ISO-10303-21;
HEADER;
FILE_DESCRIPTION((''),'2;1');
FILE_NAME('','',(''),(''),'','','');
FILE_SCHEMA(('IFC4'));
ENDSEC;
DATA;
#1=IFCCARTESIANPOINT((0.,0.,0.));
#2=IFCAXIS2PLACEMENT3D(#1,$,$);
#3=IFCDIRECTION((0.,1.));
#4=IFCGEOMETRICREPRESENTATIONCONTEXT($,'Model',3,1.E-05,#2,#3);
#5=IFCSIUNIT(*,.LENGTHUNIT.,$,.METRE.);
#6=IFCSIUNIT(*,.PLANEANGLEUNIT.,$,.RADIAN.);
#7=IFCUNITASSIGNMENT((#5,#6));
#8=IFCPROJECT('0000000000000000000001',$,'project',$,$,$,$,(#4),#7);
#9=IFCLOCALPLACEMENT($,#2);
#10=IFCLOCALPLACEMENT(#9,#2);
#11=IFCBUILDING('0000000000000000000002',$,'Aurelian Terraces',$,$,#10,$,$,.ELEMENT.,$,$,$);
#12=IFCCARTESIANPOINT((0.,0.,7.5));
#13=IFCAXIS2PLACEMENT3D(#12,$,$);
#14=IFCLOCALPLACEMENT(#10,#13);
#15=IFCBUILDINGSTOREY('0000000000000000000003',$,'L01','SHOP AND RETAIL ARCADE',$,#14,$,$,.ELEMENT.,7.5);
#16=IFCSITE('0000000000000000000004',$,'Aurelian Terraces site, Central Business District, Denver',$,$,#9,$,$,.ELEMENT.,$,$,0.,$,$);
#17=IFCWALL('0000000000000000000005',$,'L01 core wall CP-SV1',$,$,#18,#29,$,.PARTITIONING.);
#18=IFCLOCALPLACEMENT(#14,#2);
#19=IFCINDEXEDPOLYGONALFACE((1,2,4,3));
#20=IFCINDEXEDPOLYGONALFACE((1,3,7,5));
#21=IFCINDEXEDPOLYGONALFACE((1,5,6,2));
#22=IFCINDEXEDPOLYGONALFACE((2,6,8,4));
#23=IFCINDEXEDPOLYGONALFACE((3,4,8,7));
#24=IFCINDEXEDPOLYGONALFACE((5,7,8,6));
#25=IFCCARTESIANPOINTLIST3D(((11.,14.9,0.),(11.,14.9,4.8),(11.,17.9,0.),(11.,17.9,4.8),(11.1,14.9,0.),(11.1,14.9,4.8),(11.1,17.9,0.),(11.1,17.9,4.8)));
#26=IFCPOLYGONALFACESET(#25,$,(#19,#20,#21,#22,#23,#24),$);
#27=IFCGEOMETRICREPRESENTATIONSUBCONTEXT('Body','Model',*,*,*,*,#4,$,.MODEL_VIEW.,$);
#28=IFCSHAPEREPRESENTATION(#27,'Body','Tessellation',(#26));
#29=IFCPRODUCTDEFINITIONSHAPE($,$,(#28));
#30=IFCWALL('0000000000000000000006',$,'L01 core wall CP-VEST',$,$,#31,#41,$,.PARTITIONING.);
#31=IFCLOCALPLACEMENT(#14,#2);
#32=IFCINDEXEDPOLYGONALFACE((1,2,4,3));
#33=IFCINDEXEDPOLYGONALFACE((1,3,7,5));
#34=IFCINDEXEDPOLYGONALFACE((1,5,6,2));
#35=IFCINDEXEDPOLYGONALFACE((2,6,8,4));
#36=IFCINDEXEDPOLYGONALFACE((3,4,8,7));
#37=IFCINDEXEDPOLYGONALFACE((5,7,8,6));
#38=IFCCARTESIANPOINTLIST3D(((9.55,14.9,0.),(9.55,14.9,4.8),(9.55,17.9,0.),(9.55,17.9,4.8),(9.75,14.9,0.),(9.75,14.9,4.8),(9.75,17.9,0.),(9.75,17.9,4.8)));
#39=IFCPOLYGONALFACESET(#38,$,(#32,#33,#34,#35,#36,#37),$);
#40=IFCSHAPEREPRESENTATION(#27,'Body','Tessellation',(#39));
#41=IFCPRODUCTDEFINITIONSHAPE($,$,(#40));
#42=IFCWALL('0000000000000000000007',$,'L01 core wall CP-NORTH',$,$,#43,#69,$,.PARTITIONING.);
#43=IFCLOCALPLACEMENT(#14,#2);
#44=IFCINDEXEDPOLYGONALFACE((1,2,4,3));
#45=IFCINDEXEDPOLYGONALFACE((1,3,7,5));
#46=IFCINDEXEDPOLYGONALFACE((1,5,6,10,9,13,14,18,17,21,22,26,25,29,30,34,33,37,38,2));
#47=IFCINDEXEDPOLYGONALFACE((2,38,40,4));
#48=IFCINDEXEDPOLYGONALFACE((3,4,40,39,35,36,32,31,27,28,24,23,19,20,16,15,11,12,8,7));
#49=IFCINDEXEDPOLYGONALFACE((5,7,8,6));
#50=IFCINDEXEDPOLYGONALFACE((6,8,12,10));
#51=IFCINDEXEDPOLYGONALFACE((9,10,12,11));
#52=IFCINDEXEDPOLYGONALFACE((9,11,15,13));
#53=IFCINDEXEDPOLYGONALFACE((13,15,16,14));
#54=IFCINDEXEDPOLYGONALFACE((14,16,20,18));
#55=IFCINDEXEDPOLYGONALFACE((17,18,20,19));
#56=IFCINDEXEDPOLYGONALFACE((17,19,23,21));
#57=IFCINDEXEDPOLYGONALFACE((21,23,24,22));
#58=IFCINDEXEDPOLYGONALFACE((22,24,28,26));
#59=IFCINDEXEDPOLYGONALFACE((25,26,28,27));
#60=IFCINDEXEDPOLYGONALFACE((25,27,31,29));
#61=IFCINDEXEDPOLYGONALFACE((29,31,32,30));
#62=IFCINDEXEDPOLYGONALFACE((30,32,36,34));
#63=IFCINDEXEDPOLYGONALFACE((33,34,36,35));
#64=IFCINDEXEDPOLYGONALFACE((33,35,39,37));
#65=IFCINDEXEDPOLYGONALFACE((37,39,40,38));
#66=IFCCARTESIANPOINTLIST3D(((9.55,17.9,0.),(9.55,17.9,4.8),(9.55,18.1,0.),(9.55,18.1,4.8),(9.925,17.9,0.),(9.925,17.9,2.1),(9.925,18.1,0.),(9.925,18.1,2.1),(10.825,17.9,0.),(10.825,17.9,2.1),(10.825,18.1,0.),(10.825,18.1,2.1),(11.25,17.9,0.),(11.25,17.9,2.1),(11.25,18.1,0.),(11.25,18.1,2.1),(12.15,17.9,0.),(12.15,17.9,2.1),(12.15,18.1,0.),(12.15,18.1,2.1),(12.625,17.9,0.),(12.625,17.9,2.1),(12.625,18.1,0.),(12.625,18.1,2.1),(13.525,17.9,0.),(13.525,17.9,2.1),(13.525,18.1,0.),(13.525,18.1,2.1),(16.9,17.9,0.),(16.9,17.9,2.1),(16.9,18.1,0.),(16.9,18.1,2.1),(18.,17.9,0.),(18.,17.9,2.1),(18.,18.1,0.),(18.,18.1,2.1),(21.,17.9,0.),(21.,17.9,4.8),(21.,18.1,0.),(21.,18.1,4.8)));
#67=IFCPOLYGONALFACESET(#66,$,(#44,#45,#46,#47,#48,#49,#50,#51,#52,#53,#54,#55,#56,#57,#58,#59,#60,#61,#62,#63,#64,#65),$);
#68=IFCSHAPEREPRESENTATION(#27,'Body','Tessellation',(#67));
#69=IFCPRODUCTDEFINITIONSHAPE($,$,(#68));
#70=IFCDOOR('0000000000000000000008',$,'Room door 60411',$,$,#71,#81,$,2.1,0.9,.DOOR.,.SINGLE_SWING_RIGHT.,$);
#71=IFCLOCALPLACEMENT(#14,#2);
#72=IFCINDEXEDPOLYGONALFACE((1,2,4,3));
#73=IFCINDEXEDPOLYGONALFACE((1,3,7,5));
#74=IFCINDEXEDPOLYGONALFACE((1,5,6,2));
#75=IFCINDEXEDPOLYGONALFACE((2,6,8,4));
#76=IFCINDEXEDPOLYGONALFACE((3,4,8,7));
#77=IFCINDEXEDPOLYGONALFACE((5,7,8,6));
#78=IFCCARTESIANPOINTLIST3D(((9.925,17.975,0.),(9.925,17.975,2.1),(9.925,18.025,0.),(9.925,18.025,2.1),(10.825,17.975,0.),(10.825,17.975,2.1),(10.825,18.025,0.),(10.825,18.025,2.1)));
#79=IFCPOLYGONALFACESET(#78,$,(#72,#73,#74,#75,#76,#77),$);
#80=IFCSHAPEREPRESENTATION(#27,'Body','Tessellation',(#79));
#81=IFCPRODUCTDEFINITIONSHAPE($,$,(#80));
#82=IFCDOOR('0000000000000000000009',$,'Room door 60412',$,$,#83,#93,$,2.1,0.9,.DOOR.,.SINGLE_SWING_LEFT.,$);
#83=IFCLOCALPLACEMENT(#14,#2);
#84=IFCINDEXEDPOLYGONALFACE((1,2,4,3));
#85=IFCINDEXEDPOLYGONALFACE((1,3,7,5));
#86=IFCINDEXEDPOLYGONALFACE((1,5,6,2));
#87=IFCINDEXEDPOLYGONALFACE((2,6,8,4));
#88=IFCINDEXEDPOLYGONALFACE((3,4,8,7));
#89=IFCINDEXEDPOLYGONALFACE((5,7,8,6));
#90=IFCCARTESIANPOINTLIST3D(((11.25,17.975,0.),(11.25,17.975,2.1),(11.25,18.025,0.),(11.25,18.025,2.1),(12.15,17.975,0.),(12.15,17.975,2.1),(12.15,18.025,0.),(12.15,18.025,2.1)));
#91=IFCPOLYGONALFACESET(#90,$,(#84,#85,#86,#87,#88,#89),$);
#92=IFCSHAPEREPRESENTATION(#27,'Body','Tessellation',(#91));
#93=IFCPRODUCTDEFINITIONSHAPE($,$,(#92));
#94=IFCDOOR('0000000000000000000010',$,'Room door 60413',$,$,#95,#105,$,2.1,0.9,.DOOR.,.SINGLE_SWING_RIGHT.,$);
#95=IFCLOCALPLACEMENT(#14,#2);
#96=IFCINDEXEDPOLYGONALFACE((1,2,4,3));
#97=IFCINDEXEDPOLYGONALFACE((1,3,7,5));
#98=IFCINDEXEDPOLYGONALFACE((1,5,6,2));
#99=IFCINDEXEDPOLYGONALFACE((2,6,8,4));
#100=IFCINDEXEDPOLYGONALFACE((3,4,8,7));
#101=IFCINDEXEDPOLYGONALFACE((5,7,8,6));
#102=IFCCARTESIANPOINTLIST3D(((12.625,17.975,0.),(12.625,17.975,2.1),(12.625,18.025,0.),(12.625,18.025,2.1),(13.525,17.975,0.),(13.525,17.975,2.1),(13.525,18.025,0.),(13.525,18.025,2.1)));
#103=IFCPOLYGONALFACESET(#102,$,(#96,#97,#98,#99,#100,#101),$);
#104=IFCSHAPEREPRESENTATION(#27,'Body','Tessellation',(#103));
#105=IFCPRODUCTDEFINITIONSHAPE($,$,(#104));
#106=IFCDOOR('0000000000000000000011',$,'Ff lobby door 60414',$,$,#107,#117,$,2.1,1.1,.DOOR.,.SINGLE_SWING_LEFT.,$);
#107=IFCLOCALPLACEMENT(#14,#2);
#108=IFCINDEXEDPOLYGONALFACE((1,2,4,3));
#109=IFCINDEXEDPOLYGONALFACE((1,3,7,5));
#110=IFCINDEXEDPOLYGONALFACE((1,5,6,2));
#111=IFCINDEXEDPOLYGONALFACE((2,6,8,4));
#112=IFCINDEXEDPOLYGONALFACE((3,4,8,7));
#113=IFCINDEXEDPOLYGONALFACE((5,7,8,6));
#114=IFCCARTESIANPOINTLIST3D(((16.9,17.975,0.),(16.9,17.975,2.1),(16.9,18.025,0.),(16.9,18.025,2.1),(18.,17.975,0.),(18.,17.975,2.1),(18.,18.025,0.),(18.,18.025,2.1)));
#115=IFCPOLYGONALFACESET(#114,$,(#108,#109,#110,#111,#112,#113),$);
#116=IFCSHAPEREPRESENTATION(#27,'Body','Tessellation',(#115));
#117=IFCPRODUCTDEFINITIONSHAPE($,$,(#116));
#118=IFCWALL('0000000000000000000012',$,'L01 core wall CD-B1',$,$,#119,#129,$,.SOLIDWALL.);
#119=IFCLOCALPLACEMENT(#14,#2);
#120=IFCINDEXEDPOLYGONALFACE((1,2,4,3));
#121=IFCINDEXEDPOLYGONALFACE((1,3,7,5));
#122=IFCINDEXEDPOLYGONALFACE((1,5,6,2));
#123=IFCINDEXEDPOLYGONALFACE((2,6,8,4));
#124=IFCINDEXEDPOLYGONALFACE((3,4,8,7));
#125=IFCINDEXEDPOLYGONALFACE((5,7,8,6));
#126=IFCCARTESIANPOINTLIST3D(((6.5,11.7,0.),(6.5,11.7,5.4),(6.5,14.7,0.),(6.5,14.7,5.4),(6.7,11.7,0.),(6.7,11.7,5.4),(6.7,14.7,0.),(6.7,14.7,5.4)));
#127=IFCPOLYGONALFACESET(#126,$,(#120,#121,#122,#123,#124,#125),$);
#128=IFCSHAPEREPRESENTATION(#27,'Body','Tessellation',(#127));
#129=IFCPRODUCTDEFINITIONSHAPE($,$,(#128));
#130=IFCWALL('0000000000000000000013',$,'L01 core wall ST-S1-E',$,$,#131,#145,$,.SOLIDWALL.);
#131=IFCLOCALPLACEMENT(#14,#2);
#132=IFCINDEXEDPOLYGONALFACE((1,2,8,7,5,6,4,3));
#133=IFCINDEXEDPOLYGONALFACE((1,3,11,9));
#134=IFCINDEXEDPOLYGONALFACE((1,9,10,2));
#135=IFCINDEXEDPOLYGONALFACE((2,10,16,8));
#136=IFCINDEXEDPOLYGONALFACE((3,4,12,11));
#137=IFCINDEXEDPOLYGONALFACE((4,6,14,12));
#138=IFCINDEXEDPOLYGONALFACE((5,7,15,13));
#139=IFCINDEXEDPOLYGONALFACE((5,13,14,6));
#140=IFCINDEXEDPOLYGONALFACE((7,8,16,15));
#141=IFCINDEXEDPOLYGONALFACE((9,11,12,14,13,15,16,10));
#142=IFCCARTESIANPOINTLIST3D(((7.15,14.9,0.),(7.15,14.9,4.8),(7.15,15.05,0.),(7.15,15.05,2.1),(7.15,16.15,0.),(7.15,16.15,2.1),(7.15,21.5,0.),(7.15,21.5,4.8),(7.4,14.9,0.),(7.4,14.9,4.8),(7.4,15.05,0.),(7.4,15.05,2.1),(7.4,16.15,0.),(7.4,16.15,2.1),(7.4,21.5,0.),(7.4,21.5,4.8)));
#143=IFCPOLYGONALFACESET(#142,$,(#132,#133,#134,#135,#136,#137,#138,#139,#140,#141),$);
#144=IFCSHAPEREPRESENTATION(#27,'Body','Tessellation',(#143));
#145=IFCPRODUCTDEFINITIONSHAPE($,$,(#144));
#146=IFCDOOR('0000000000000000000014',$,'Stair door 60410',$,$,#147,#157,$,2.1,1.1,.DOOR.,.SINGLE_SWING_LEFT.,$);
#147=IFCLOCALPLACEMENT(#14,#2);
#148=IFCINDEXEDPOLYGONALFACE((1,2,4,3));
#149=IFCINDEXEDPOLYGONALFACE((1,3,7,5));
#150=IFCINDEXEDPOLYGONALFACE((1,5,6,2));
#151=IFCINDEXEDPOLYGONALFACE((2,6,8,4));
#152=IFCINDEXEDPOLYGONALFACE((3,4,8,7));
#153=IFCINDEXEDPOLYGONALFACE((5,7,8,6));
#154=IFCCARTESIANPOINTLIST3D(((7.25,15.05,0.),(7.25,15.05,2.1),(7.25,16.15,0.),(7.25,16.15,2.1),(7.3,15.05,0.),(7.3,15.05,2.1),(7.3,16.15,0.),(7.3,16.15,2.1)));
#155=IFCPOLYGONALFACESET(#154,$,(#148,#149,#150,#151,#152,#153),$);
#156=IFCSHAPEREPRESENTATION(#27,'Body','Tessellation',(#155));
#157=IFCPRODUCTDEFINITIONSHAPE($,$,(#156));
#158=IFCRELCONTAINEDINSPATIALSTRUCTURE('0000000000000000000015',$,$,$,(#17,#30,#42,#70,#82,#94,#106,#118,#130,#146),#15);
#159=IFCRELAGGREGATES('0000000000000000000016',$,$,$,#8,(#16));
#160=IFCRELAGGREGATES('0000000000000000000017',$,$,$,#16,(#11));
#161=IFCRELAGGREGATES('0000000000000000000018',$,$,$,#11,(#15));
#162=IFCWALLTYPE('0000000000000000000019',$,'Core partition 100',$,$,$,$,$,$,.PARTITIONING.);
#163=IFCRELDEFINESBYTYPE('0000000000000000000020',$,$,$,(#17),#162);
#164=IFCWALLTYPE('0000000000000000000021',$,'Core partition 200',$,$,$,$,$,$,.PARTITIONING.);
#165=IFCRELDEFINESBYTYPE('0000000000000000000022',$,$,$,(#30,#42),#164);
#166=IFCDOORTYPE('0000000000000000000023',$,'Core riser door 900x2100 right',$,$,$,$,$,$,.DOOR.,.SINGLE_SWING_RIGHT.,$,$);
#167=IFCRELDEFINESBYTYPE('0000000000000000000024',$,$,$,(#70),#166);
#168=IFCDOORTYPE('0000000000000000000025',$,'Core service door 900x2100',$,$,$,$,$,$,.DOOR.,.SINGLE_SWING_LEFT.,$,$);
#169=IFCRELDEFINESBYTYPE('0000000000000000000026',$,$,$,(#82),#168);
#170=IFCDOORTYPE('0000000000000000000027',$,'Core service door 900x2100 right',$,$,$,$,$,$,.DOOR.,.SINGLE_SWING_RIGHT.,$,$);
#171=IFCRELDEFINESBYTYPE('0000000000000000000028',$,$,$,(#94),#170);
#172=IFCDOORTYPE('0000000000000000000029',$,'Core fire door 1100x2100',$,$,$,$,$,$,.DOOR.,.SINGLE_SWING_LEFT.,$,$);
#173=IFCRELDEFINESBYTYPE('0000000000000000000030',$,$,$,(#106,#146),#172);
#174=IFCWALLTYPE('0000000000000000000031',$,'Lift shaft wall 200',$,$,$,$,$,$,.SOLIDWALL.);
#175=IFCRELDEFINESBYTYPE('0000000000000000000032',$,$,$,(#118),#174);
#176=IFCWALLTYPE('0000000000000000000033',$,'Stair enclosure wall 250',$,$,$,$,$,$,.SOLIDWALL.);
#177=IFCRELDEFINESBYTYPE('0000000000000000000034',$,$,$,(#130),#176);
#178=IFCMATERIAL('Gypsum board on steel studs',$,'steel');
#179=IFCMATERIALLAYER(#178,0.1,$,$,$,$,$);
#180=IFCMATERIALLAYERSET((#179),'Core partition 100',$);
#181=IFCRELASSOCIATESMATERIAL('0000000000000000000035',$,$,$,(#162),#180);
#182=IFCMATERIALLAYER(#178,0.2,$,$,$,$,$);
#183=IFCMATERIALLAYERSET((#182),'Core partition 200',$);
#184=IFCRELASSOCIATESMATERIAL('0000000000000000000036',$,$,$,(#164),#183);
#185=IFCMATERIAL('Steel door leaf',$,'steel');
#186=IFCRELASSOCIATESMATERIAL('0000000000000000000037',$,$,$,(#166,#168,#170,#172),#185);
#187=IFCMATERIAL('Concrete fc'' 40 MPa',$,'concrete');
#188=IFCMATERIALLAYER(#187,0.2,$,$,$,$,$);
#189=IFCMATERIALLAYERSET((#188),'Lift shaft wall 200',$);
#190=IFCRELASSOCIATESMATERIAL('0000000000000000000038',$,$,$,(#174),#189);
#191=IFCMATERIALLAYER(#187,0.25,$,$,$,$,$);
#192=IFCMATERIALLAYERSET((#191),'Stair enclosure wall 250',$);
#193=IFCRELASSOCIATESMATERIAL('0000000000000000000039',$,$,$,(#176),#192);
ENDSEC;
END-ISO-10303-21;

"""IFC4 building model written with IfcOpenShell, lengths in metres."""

from ifc_helpers import new_model, si_unit, direction, frame, frame_2d, origin, place, context, subcontext, project, spatial, rectangle, extrude, source, transform, mapped, material, layer, layer_set, type_object, element, fill, save


model = new_model("IFC4")

# Units and contexts
model_context = context("Model", 3, precision=1e-05, world=origin(), true_north=direction((0.0, 1.0)))
body_context = subcontext(model_context, "Body", "Model", "MODEL_VIEW")
ifc_project = project(units=[si_unit("LENGTHUNIT", "METRE"), si_unit("PLANEANGLEUNIT", "RADIAN")], contexts=[model_context])

# Site, building, storey
site_placement = place(None, origin())
site = spatial("IfcSite", under=ifc_project, at=site_placement, Name="Aurelian Terraces site, Central Business District, Denver", CompositionType="ELEMENT", RefElevation=0.0)
building_placement = place(site_placement, origin())
building = spatial("IfcBuilding", under=site, at=building_placement, Name="Aurelian Terraces", CompositionType="ELEMENT")
storey_placement = place(building_placement, frame((0.0, 0.0, 7.5)))
storey = spatial("IfcBuildingStorey", under=building, at=storey_placement, Name="L01", Description="SHOP AND RETAIL ARCADE", CompositionType="ELEMENT", Elevation=7.5)

# Walls
ifc_material_1 = material(Name="Gypsum board on steel studs", Category="steel")
ifc_layer_1 = layer(ifc_material_1, 0.1)
ifc_layer_set_1 = layer_set([ifc_layer_1], Name="Core partition 100")
wall_type_1 = type_object("IfcWallType", Name="Core partition 100", PredefinedType="PARTITIONING", material=ifc_layer_set_1)
wall_1_placement = place(storey_placement, frame((11.05, 14.9, 0.0), z_axis=(0.0, 0.0, 1.0), x_axis=(0.0, 1.0, 0.0)))
element("IfcWall", 1, at=wall_1_placement, inside=storey, type_object=wall_type_1, Name="L01 core wall CP-SV1", PredefinedType="PARTITIONING", context=body_context, shape_type="SweptSolid", body=[
    extrude(rectangle(XDim=3.0, YDim=0.1, at=frame_2d((1.5, 0.0))), origin(), (0.0, 0.0, 1.0), 4.8),
])
ifc_layer_2 = layer(ifc_material_1, 0.2)
ifc_layer_set_2 = layer_set([ifc_layer_2], Name="Core partition 200")
wall_type_2 = type_object("IfcWallType", Name="Core partition 200", PredefinedType="PARTITIONING", material=ifc_layer_set_2)
wall_2_placement = place(storey_placement, frame((9.65, 14.9, 0.0), z_axis=(0.0, 0.0, 1.0), x_axis=(0.0, 1.0, 0.0)))
element("IfcWall", 2, at=wall_2_placement, inside=storey, type_object=wall_type_2, Name="L01 core wall CP-VEST", PredefinedType="PARTITIONING", context=body_context, shape_type="SweptSolid", body=[
    extrude(rectangle(XDim=3.0, YDim=0.2, at=frame_2d((1.5, 0.0))), origin(), (0.0, 0.0, 1.0), 4.8),
])

# Wall, openings, doors
wall_3_placement = place(storey_placement, frame((9.55, 18.0, 0.0), z_axis=(0.0, 0.0, 1.0), x_axis=(1.0, 0.0, 0.0)))
wall_3 = element("IfcWall", 3, at=wall_3_placement, inside=storey, type_object=wall_type_2, Name="L01 core wall CP-NORTH", PredefinedType="PARTITIONING", context=body_context, shape_type="SweptSolid", body=[
    extrude(rectangle(XDim=11.45, YDim=0.2, at=frame_2d((5.725, 0.0))), origin(), (0.0, 0.0, 1.0), 4.8),
])
shared_shape_1 = source(origin(), body_context, "Body", "SweptSolid", [
    extrude(rectangle(XDim=0.9, YDim=2.1, at=frame_2d((0.45, 1.05))), frame((0.0, 0.11, 0.0), z_axis=(0.0, -1.0, 0.0), x_axis=(1.0, 0.0, 0.0)), (0.0, 0.0, 1.0), 0.22),
])
opening_1_placement = place(wall_3_placement, frame((0.375, 0.0, 0.0)))
opening_1 = element("IfcOpeningElement", 4, at=opening_1_placement, cuts=wall_3, PredefinedType="OPENING", context=body_context, shape_type="MappedRepresentation", body=[
    mapped(shared_shape_1, transform((0.0, 0.0, 0.0), scale=1.0)),
])
opening_2_placement = place(wall_3_placement, frame((1.7, 0.0, 0.0)))
opening_2 = element("IfcOpeningElement", 5, at=opening_2_placement, cuts=wall_3, PredefinedType="OPENING", context=body_context, shape_type="MappedRepresentation", body=[
    mapped(shared_shape_1, transform((0.0, 0.0, 0.0), scale=1.0)),
])
opening_3_placement = place(wall_3_placement, frame((3.075, 0.0, 0.0)))
opening_3 = element("IfcOpeningElement", 6, at=opening_3_placement, cuts=wall_3, PredefinedType="OPENING", context=body_context, shape_type="MappedRepresentation", body=[
    mapped(shared_shape_1, transform((0.0, 0.0, 0.0), scale=1.0)),
])
shared_shape_2 = source(origin(), body_context, "Body", "SweptSolid", [
    extrude(rectangle(XDim=1.1, YDim=2.1, at=frame_2d((0.55, 1.05))), frame((0.0, 0.11, 0.0), z_axis=(0.0, -1.0, 0.0), x_axis=(1.0, 0.0, 0.0)), (0.0, 0.0, 1.0), 0.22),
])
opening_4_placement = place(wall_3_placement, frame((7.35, 0.0, 0.0)))
opening_4 = element("IfcOpeningElement", 7, at=opening_4_placement, cuts=wall_3, PredefinedType="OPENING", context=body_context, shape_type="MappedRepresentation", body=[
    mapped(shared_shape_2, transform((0.0, 0.0, 0.0), scale=1.0)),
])
ifc_material_2 = material(Name="Steel door leaf", Category="steel")
door_type_1 = type_object("IfcDoorType", Name="Core riser door 900x2100 right", OperationType="SINGLE_SWING_RIGHT", PredefinedType="DOOR", material=ifc_material_2)
shared_shape_3 = source(origin(), body_context, "Body", "SweptSolid", [
    extrude(rectangle(XDim=0.9, YDim=2.1, at=frame_2d((0.45, 1.05))), frame((0.0, 0.025, 0.0), z_axis=(0.0, -1.0, 0.0), x_axis=(1.0, 0.0, 0.0)), (0.0, 0.0, 1.0), 0.05),
])
door_1_placement = place(opening_1_placement, origin())
door_1 = element("IfcDoor", 8, at=door_1_placement, inside=storey, type_object=door_type_1, Name="Room door 60411", OperationType="SINGLE_SWING_RIGHT", OverallHeight=2.1, OverallWidth=0.9, PredefinedType="DOOR", context=body_context, shape_type="MappedRepresentation", body=[
    mapped(shared_shape_3, transform((0.0, 0.0, 0.0), scale=1.0)),
])
fill(opening_1, door_1)
door_type_2 = type_object("IfcDoorType", Name="Core service door 900x2100", OperationType="SINGLE_SWING_LEFT", PredefinedType="DOOR", material=ifc_material_2)
door_2_placement = place(opening_2_placement, origin())
door_2 = element("IfcDoor", 9, at=door_2_placement, inside=storey, type_object=door_type_2, Name="Room door 60412", OperationType="SINGLE_SWING_LEFT", OverallHeight=2.1, OverallWidth=0.9, PredefinedType="DOOR", context=body_context, shape_type="MappedRepresentation", body=[
    mapped(shared_shape_3, transform((0.0, 0.0, 0.0), scale=1.0)),
])
fill(opening_2, door_2)
door_type_3 = type_object("IfcDoorType", Name="Core service door 900x2100 right", OperationType="SINGLE_SWING_RIGHT", PredefinedType="DOOR", material=ifc_material_2)
door_3_placement = place(opening_3_placement, origin())
door_3 = element("IfcDoor", 10, at=door_3_placement, inside=storey, type_object=door_type_3, Name="Room door 60413", OperationType="SINGLE_SWING_RIGHT", OverallHeight=2.1, OverallWidth=0.9, PredefinedType="DOOR", context=body_context, shape_type="MappedRepresentation", body=[
    mapped(shared_shape_3, transform((0.0, 0.0, 0.0), scale=1.0)),
])
fill(opening_3, door_3)
door_type_4 = type_object("IfcDoorType", Name="Core fire door 1100x2100", OperationType="SINGLE_SWING_LEFT", PredefinedType="DOOR", material=ifc_material_2)
shared_shape_4 = source(origin(), body_context, "Body", "SweptSolid", [
    extrude(rectangle(XDim=1.1, YDim=2.1, at=frame_2d((0.55, 1.05))), frame((0.0, 0.025, 0.0), z_axis=(0.0, -1.0, 0.0), x_axis=(1.0, 0.0, 0.0)), (0.0, 0.0, 1.0), 0.05),
])
door_4_placement = place(opening_4_placement, origin())
door_4 = element("IfcDoor", 11, at=door_4_placement, inside=storey, type_object=door_type_4, Name="Ff lobby door 60414", OperationType="SINGLE_SWING_LEFT", OverallHeight=2.1, OverallWidth=1.1, PredefinedType="DOOR", context=body_context, shape_type="MappedRepresentation", body=[
    mapped(shared_shape_4, transform((0.0, 0.0, 0.0), scale=1.0)),
])
fill(opening_4, door_4)

# Wall
ifc_material_3 = material(Name="Concrete fc' 40 MPa", Category="concrete")
ifc_layer_3 = layer(ifc_material_3, 0.2)
ifc_layer_set_3 = layer_set([ifc_layer_3], Name="Lift shaft wall 200")
wall_type_3 = type_object("IfcWallType", Name="Lift shaft wall 200", PredefinedType="SOLIDWALL", material=ifc_layer_set_3)
wall_4_placement = place(storey_placement, frame((6.6, 11.7, 0.0), z_axis=(0.0, 0.0, 1.0), x_axis=(0.0, 1.0, 0.0)))
element("IfcWall", 12, at=wall_4_placement, inside=storey, type_object=wall_type_3, Name="L01 core wall CD-B1", PredefinedType="SOLIDWALL", context=body_context, shape_type="SweptSolid", body=[
    extrude(rectangle(XDim=3.0, YDim=0.2, at=frame_2d((1.5, 0.0))), origin(), (0.0, 0.0, 1.0), 5.4),
])

# Wall, opening, door
ifc_layer_4 = layer(ifc_material_3, 0.25)
ifc_layer_set_4 = layer_set([ifc_layer_4], Name="Stair enclosure wall 250")
wall_type_4 = type_object("IfcWallType", Name="Stair enclosure wall 250", PredefinedType="SOLIDWALL", material=ifc_layer_set_4)
wall_5_placement = place(storey_placement, frame((7.275, 14.9, 0.0), z_axis=(0.0, 0.0, 1.0), x_axis=(0.0, 1.0, 0.0)))
wall_5 = element("IfcWall", 13, at=wall_5_placement, inside=storey, type_object=wall_type_4, Name="L01 core wall ST-S1-E", PredefinedType="SOLIDWALL", context=body_context, shape_type="SweptSolid", body=[
    extrude(rectangle(XDim=6.6, YDim=0.25, at=frame_2d((3.3, 0.0))), origin(), (0.0, 0.0, 1.0), 4.8),
])
shared_shape_5 = source(origin(), body_context, "Body", "SweptSolid", [
    extrude(rectangle(XDim=1.1, YDim=2.1, at=frame_2d((0.55, 1.05))), frame((0.0, 0.135, 0.0), z_axis=(0.0, -1.0, 0.0), x_axis=(1.0, 0.0, 0.0)), (0.0, 0.0, 1.0), 0.27),
])
opening_5_placement = place(wall_5_placement, frame((0.15, 0.0, 0.0)))
opening_5 = element("IfcOpeningElement", 14, at=opening_5_placement, cuts=wall_5, PredefinedType="OPENING", context=body_context, shape_type="MappedRepresentation", body=[
    mapped(shared_shape_5, transform((0.0, 0.0, 0.0), scale=1.0)),
])
door_5_placement = place(opening_5_placement, origin())
door_5 = element("IfcDoor", 15, at=door_5_placement, inside=storey, type_object=door_type_4, Name="Stair door 60410", OperationType="SINGLE_SWING_LEFT", OverallHeight=2.1, OverallWidth=1.1, PredefinedType="DOOR", context=body_context, shape_type="MappedRepresentation", body=[
    mapped(shared_shape_4, transform((0.0, 0.0, 0.0), scale=1.0)),
])
fill(opening_5, door_5)

save(model, "model.ifc")
